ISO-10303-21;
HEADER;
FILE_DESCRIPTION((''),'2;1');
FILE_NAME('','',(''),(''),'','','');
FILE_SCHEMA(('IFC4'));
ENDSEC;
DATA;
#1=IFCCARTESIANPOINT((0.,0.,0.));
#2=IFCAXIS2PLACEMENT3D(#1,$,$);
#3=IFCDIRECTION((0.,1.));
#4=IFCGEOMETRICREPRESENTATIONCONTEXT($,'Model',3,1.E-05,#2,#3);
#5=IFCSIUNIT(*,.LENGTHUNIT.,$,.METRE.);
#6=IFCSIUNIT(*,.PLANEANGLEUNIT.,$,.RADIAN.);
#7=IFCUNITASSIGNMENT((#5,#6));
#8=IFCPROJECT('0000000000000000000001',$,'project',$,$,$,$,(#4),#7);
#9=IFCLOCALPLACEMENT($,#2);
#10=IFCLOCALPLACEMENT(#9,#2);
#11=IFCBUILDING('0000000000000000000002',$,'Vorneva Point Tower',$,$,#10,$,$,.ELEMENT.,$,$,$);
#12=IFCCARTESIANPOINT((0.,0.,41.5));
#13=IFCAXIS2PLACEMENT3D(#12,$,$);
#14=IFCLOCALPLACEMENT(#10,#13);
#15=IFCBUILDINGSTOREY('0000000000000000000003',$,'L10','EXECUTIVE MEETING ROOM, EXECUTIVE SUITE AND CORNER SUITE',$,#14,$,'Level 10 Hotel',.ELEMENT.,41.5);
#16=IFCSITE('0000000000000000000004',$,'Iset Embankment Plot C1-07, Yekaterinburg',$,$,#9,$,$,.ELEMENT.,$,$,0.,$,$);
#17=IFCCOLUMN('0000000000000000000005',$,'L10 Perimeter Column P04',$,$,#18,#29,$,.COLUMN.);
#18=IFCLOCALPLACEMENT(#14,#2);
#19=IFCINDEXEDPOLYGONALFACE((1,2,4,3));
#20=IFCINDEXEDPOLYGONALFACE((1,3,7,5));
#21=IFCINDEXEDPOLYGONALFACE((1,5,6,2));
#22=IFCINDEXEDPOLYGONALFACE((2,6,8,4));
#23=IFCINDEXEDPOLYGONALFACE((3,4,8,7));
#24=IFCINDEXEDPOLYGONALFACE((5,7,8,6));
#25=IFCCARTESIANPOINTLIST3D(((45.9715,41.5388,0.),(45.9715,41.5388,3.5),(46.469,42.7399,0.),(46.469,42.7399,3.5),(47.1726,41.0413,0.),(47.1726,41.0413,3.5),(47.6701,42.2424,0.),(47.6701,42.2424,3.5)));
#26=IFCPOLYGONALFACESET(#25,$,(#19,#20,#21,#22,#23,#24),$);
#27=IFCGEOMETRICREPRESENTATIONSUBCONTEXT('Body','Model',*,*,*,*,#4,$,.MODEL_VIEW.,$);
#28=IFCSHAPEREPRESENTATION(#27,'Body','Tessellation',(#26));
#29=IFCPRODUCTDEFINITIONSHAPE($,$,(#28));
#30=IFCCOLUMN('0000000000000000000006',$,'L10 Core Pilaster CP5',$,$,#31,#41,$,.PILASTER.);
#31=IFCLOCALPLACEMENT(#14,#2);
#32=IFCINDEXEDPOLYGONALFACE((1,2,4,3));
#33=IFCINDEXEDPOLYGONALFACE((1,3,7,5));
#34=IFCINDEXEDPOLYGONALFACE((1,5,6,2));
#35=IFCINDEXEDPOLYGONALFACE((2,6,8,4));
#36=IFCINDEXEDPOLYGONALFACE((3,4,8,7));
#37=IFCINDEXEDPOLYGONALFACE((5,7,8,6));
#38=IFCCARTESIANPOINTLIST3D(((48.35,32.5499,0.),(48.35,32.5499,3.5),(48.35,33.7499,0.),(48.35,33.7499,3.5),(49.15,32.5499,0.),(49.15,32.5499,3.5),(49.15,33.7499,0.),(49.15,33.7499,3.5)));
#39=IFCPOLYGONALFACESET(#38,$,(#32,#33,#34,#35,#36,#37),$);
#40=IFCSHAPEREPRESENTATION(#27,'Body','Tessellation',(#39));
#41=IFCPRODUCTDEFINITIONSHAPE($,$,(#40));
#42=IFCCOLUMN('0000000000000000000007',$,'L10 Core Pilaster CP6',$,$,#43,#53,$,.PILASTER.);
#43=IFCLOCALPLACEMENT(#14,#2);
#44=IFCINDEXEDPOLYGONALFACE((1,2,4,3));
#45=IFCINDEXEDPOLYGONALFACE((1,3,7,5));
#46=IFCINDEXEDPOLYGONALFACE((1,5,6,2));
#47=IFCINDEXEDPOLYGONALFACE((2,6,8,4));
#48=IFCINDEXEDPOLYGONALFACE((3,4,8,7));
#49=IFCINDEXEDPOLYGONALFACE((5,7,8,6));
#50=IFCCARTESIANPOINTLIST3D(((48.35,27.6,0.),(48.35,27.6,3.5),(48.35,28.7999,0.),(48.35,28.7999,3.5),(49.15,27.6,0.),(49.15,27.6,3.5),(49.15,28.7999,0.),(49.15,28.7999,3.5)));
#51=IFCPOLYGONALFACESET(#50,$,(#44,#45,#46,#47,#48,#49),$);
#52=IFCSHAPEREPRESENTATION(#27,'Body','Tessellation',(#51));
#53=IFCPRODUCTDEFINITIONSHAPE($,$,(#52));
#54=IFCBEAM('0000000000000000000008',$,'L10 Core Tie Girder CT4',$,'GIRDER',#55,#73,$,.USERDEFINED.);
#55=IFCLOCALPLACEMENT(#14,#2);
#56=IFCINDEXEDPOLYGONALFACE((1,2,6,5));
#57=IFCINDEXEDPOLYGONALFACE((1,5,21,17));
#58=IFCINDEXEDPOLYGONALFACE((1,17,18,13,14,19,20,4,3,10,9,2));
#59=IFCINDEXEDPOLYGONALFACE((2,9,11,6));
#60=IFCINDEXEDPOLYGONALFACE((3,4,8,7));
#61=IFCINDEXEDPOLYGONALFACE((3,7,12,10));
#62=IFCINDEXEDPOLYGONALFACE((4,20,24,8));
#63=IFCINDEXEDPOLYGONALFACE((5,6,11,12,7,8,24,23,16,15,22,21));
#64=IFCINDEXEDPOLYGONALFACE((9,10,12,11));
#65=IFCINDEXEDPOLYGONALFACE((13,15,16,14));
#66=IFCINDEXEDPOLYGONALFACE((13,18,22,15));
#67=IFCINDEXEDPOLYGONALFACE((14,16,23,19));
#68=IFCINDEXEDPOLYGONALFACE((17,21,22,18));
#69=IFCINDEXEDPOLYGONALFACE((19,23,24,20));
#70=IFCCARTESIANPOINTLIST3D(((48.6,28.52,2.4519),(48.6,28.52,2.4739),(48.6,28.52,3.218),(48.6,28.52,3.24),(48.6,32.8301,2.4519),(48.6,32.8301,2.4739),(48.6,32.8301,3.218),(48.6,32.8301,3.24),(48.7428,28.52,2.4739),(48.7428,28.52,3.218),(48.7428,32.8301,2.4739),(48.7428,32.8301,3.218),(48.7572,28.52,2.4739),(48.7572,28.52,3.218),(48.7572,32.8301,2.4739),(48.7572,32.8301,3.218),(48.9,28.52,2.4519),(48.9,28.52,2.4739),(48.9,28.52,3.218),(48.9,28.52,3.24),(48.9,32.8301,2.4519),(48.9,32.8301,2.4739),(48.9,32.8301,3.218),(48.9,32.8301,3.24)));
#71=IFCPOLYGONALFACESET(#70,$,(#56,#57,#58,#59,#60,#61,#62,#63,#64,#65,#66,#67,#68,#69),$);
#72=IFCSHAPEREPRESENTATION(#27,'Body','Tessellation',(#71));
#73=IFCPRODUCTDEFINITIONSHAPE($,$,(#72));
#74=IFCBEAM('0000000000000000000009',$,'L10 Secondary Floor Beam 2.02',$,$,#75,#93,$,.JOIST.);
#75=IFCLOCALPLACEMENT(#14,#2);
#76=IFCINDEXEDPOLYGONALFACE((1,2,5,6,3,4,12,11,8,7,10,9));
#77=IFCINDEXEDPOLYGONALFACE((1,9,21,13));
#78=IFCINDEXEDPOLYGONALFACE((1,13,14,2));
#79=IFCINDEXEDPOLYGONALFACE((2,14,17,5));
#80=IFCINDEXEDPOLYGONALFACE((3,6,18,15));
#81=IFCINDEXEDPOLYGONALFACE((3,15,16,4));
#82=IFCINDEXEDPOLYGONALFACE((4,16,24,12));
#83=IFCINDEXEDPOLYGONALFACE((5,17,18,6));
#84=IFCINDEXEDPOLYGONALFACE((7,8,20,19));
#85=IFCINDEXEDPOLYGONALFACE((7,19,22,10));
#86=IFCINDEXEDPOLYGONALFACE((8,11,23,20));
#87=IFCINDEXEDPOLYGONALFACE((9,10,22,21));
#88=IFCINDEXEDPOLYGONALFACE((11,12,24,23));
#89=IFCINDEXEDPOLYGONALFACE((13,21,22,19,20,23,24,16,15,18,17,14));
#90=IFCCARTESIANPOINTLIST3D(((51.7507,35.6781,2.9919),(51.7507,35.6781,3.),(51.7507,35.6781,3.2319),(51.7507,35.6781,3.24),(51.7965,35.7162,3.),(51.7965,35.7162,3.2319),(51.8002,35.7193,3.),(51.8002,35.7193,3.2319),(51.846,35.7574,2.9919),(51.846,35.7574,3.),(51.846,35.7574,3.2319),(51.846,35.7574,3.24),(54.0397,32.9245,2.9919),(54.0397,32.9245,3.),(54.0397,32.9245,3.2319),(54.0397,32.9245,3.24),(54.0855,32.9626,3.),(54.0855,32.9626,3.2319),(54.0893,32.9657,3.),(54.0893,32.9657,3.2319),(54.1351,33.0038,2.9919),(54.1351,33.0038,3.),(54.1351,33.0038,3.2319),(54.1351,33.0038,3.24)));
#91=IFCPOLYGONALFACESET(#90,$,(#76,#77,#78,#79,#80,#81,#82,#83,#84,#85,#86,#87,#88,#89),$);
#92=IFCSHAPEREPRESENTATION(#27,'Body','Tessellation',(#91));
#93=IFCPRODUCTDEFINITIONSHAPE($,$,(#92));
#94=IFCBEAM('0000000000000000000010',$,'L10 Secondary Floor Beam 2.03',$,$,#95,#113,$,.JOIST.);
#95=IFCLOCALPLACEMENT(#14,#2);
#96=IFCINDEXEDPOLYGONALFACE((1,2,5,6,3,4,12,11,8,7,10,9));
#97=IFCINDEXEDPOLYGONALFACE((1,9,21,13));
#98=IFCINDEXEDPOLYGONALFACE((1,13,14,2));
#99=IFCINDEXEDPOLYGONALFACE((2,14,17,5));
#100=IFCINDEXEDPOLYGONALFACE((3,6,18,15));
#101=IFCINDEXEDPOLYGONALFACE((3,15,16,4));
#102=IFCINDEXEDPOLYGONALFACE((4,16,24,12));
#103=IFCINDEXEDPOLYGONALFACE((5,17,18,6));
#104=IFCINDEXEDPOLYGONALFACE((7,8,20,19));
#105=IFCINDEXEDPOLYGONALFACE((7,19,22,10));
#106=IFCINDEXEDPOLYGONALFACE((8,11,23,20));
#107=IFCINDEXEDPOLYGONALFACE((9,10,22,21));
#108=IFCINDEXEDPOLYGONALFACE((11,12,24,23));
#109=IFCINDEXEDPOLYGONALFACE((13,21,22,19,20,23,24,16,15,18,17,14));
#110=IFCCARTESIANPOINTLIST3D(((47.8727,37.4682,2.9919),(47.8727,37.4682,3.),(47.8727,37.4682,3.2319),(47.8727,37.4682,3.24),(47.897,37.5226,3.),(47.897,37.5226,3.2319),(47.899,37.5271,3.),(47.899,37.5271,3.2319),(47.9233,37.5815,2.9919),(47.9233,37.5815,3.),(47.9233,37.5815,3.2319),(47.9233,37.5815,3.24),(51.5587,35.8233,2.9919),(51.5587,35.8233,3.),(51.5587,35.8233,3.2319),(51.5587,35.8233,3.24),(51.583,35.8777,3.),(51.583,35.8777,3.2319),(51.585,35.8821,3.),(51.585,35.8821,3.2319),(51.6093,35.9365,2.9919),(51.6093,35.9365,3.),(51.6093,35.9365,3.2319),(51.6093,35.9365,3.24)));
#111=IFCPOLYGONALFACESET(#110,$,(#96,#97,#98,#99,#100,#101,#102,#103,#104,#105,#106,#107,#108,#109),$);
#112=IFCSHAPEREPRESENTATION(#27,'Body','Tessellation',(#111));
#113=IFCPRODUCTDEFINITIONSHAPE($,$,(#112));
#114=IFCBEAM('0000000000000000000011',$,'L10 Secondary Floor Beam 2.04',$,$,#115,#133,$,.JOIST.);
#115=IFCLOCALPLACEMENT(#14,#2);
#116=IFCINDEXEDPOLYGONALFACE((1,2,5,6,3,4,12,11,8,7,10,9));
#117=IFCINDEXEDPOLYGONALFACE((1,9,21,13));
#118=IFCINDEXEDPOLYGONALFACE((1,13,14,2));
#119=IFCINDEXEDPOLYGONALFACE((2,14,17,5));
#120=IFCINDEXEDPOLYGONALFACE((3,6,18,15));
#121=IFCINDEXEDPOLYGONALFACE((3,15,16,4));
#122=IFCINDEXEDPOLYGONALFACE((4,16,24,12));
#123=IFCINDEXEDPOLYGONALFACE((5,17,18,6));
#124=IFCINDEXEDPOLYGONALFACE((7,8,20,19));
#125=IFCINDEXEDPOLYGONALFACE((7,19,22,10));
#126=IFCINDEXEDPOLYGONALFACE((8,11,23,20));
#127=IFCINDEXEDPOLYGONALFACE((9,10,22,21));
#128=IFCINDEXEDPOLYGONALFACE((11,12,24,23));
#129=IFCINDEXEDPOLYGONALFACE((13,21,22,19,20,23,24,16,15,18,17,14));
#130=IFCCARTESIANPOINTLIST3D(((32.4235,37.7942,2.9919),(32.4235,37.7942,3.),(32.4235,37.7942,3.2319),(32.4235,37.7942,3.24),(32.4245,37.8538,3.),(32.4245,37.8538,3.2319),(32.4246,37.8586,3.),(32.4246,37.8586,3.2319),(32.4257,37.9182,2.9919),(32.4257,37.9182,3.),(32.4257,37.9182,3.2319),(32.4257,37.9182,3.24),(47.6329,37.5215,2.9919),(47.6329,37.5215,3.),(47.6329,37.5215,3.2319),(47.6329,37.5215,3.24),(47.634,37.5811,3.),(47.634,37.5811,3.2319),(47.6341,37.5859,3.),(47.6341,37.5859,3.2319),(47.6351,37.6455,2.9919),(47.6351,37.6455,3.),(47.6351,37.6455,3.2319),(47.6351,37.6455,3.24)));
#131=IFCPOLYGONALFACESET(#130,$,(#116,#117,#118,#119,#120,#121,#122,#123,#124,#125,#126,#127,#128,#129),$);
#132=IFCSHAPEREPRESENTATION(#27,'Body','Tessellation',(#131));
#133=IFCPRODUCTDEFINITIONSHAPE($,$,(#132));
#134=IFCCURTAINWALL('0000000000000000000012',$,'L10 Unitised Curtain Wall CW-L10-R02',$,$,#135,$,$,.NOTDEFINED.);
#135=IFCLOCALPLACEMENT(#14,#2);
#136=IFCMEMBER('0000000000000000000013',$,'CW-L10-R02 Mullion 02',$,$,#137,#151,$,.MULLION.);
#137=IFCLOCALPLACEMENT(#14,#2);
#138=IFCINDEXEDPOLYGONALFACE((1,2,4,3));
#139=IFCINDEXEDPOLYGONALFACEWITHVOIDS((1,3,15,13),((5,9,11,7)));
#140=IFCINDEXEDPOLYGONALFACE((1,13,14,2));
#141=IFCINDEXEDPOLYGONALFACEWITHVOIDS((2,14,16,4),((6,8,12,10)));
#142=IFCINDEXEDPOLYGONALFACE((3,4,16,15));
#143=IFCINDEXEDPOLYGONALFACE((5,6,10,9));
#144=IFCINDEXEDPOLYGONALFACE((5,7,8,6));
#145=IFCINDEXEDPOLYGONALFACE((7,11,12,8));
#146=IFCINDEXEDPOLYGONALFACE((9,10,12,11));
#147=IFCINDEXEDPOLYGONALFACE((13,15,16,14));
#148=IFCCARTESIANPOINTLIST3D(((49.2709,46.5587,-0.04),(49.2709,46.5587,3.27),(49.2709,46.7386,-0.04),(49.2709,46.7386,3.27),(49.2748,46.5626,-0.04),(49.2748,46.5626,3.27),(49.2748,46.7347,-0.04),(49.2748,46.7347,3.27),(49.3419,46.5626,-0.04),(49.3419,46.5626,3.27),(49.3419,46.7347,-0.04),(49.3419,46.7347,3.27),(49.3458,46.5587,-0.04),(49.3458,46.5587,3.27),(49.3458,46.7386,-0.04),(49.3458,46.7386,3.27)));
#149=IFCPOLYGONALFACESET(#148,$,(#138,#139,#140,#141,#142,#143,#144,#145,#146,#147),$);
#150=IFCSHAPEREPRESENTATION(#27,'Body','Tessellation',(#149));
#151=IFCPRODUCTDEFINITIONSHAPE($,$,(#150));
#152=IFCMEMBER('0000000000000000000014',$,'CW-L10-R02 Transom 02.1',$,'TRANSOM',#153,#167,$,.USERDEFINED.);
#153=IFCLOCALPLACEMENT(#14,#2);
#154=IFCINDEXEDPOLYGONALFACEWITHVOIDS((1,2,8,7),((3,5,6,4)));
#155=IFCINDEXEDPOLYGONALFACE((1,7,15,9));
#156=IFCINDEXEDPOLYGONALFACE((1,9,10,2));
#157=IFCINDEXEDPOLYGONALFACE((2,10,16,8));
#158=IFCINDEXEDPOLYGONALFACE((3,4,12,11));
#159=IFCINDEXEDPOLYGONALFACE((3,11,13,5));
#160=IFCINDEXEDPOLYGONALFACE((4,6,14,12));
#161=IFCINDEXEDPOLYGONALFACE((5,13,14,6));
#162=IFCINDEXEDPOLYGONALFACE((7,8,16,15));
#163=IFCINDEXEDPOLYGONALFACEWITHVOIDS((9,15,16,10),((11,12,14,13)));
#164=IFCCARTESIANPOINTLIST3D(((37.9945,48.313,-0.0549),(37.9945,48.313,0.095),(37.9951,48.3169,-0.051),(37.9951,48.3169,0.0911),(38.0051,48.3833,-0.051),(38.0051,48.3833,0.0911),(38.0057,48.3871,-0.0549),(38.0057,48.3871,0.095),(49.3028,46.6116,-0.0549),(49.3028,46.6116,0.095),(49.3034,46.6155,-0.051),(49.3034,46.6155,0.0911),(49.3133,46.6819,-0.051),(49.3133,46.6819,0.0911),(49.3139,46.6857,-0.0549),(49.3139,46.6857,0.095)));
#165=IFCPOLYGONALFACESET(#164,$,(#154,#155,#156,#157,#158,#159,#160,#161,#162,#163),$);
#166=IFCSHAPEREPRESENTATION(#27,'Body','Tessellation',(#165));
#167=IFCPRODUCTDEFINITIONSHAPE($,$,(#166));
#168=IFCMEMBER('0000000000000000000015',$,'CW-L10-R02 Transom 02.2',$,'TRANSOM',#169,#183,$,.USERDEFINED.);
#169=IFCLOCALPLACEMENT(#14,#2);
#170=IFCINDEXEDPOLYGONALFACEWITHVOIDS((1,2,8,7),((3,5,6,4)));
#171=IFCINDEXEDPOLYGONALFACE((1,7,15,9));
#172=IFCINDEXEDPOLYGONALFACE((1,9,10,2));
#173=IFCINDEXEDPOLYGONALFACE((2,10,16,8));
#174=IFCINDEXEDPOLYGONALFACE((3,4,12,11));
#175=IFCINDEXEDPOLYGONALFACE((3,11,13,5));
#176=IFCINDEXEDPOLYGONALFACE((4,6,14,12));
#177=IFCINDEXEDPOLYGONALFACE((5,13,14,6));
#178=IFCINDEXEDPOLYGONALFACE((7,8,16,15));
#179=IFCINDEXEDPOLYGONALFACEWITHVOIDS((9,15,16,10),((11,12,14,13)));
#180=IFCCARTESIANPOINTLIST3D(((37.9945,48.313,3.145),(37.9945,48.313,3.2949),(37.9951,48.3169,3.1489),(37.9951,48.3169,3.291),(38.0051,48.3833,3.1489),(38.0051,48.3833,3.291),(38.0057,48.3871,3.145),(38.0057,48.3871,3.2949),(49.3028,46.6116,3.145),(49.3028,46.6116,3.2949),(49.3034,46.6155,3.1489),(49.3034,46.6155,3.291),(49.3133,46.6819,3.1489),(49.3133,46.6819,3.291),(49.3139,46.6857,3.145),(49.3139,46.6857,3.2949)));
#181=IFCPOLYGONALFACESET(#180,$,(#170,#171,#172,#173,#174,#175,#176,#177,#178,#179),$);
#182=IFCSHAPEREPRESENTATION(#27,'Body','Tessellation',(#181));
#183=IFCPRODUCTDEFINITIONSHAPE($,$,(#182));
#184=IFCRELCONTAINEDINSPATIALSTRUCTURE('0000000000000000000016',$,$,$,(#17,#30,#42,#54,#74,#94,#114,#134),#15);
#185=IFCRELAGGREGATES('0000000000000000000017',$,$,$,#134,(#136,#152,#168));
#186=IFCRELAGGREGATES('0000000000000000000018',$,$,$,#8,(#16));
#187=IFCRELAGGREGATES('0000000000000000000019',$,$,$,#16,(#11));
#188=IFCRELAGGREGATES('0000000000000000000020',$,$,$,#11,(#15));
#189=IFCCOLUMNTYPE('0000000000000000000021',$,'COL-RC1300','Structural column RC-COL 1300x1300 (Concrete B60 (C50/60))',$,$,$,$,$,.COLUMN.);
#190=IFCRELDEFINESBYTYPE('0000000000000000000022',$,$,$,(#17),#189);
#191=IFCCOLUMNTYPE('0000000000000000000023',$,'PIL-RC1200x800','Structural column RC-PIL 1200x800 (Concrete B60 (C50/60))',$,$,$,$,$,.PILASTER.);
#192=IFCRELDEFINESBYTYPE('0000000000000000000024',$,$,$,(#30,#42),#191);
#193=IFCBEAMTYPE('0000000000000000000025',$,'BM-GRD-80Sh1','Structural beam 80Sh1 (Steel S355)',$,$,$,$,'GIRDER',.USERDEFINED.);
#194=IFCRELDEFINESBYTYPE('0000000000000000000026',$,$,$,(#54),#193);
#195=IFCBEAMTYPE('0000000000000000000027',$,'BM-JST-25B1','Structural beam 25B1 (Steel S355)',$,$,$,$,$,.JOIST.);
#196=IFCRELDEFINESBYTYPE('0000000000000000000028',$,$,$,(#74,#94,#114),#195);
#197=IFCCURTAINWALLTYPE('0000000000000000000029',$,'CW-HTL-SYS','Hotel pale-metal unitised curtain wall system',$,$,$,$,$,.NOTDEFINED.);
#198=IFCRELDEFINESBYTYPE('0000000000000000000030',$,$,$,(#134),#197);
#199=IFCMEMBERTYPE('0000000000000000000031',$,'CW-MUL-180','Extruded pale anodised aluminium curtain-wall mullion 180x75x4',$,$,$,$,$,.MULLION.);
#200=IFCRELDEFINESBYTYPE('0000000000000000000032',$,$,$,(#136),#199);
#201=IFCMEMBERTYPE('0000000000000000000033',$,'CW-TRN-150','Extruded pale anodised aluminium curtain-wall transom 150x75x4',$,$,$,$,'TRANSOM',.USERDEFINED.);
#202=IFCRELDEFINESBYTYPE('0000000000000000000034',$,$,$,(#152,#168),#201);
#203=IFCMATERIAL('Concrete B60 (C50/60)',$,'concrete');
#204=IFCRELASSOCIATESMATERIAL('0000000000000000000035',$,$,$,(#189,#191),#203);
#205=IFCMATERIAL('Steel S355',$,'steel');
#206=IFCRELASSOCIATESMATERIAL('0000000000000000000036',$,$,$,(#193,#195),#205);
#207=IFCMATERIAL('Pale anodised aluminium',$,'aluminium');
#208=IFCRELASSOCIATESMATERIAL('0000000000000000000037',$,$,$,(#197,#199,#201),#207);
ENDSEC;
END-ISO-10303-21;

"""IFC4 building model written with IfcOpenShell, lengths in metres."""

from ifc_helpers import new_model, si_unit, direction, frame, origin, origin_2d, place, context, subcontext, project, spatial, rectangle, hollow_rectangle, i_section, extrude, material, material_profile, profile_set, type_object, element, aggregate, save


model = new_model("IFC4")

# Units and contexts
model_context = context("Model", 3, precision=1e-05, world=origin(), true_north=direction((0.0, 1.0)))
body_context = subcontext(model_context, "Body", "Model", "MODEL_VIEW")
ifc_project = project(units=[si_unit("LENGTHUNIT", "METRE"), si_unit("PLANEANGLEUNIT", "RADIAN")], contexts=[model_context])

# Site, building, storey
site_placement = place(None, origin())
site = spatial("IfcSite", under=ifc_project, at=site_placement, Name="Iset Embankment Plot C1-07, Yekaterinburg", CompositionType="ELEMENT", RefElevation=0.0)
building_placement = place(site_placement, origin())
building = spatial("IfcBuilding", under=site, at=building_placement, Name="Vorneva Point Tower", CompositionType="ELEMENT")
storey_placement = place(building_placement, frame((0.0, 0.0, 41.5)))
storey = spatial("IfcBuildingStorey", under=building, at=storey_placement, Name="L10", Description="EXECUTIVE MEETING ROOM, EXECUTIVE SUITE AND CORNER SUITE", LongName="Level 10 Hotel", CompositionType="ELEMENT", Elevation=41.5)

# Columns
ifc_material_1 = material(Name="Concrete B60 (C50/60)", Category="concrete")
ifc_material_profile_1 = material_profile(ifc_material_1, rectangle(XDim=1.3, YDim=1.3, at=origin_2d()), Name="RC-COL 1300x1300")
ifc_profile_set_1 = profile_set([ifc_material_profile_1], Name="Concrete B60 (C50/60)")
column_type_1 = type_object("IfcColumnType", Name="COL-RC1300", Description="Structural column RC-COL 1300x1300 (Concrete B60 (C50/60))", PredefinedType="COLUMN", material=ifc_profile_set_1)
column_placement = place(storey_placement, frame((46.8208, 41.8906, 0.0), z_axis=(0.0, 0.0, 1.0), x_axis=(0.382683, 0.92388, 0.0)))
element("IfcColumn", 1, at=column_placement, inside=storey, type_object=column_type_1, Name="L10 Perimeter Column P04", PredefinedType="COLUMN", context=body_context, shape_type="SweptSolid", body=[
    extrude(rectangle(XDim=1.3, YDim=1.3, at=origin_2d()), origin(), (0.0, 0.0, 1.0), 3.5),
])
ifc_material_profile_2 = material_profile(ifc_material_1, rectangle(XDim=0.8, YDim=1.2, at=origin_2d()), Name="RC-PIL 1200x800")
ifc_profile_set_2 = profile_set([ifc_material_profile_2], Name="Concrete B60 (C50/60)")
column_type_2 = type_object("IfcColumnType", Name="PIL-RC1200x800", Description="Structural column RC-PIL 1200x800 (Concrete B60 (C50/60))", PredefinedType="PILASTER", material=ifc_profile_set_2)
for number, where, z_axis, x_axis, name in (
    (2, (48.75, 33.1499, 0.0), (0.0, 0.0, 1.0), (1.0, 0.0, 0.0), "L10 Core Pilaster CP5"),
    (3, (48.75, 28.2, 0.0), (0.0, 0.0, 1.0), (1.0, 0.0, 0.0), "L10 Core Pilaster CP6"),
):
    element("IfcColumn", number, at=place(storey_placement, frame(where, z_axis=z_axis, x_axis=x_axis)), inside=storey, type_object=column_type_2, Name=name, PredefinedType="PILASTER", context=body_context, shape_type="SweptSolid", body=[
        extrude(rectangle(XDim=0.8, YDim=1.2, at=origin_2d()), origin(), (0.0, 0.0, 1.0), 3.5),
    ])

# Beams
ifc_material_2 = material(Name="Steel S355", Category="steel")
ifc_material_profile_3 = material_profile(ifc_material_2, i_section(OverallWidth=0.3, OverallDepth=0.7881, WebThickness=0.0144, FlangeThickness=0.022, at=origin_2d()), Name="80Sh1")
ifc_profile_set_3 = profile_set([ifc_material_profile_3], Name="Steel S355")
beam_type_1 = type_object("IfcBeamType", Name="BM-GRD-80Sh1", Description="Structural beam 80Sh1 (Steel S355)", ElementType="GIRDER", PredefinedType="USERDEFINED", material=ifc_profile_set_3)
beam_1_placement = place(storey_placement, frame((48.75, 28.52, 2.8459), z_axis=(0.0, 1.0, 0.0), x_axis=(-1.0, 0.0, 0.0)))
element("IfcBeam", 4, at=beam_1_placement, inside=storey, type_object=beam_type_1, Name="L10 Core Tie Girder CT4", ObjectType="GIRDER", PredefinedType="USERDEFINED", context=body_context, shape_type="SweptSolid", body=[
    extrude(i_section(OverallWidth=0.3, OverallDepth=0.7881, WebThickness=0.0144, FlangeThickness=0.022, at=origin_2d()), origin(), (0.0, 0.0, 1.0), 4.3101),
])
ifc_material_profile_4 = material_profile(ifc_material_2, i_section(OverallWidth=0.124, OverallDepth=0.248, WebThickness=0.0049, FlangeThickness=0.0081, at=origin_2d()), Name="25B1")
ifc_profile_set_4 = profile_set([ifc_material_profile_4], Name="Steel S355")
beam_type_2 = type_object("IfcBeamType", Name="BM-JST-25B1", Description="Structural beam 25B1 (Steel S355)", PredefinedType="JOIST", material=ifc_profile_set_4)
beam_2_placement = place(storey_placement, frame((54.0874, 32.9641, 3.116), z_axis=(-0.639252, 0.768998, 0.0), x_axis=(-0.768998, -0.639252, 0.0)))
element("IfcBeam", 5, at=beam_2_placement, inside=storey, type_object=beam_type_2, Name="L10 Secondary Floor Beam 2.02", PredefinedType="JOIST", context=body_context, shape_type="SweptSolid", body=[
    extrude(i_section(OverallWidth=0.124, OverallDepth=0.248, WebThickness=0.0049, FlangeThickness=0.0081, at=origin_2d()), origin(), (0.0, 0.0, 1.0), 3.5808),
])
beam_3_placement = place(storey_placement, frame((51.584, 35.8799, 3.116), z_axis=(-0.913187, 0.407541, 0.0), x_axis=(-0.407541, -0.913187, 0.0)))
element("IfcBeam", 6, at=beam_3_placement, inside=storey, type_object=beam_type_2, Name="L10 Secondary Floor Beam 2.03", PredefinedType="JOIST", context=body_context, shape_type="SweptSolid", body=[
    extrude(i_section(OverallWidth=0.124, OverallDepth=0.248, WebThickness=0.0049, FlangeThickness=0.0081, at=origin_2d()), origin(), (0.0, 0.0, 1.0), 4.0364),
])
beam_4_placement = place(storey_placement, frame((47.634, 37.5835, 3.116), z_axis=(-0.999839, 0.017927, 0.0), x_axis=(-0.017927, -0.999839, 0.0)))
element("IfcBeam", 7, at=beam_4_placement, inside=storey, type_object=beam_type_2, Name="L10 Secondary Floor Beam 2.04", PredefinedType="JOIST", context=body_context, shape_type="SweptSolid", body=[
    extrude(i_section(OverallWidth=0.124, OverallDepth=0.248, WebThickness=0.0049, FlangeThickness=0.0081, at=origin_2d()), origin(), (0.0, 0.0, 1.0), 15.2119),
])

# Curtain wall, members
ifc_material_3 = material(Name="Pale anodised aluminium", Category="aluminium")
curtain_wall_type = type_object("IfcCurtainWallType", Name="CW-HTL-SYS", Description="Hotel pale-metal unitised curtain wall system", PredefinedType="NOTDEFINED", material=ifc_material_3)
curtain_wall_placement = place(storey_placement, origin())
curtain_wall = element("IfcCurtainWall", 8, at=curtain_wall_placement, inside=storey, type_object=curtain_wall_type, Name="L10 Unitised Curtain Wall CW-L10-R02", PredefinedType="NOTDEFINED")
ifc_material_profile_5 = material_profile(ifc_material_3, hollow_rectangle(XDim=0.075, YDim=0.1799, WallThickness=0.0039, at=origin_2d()), Name="AL-MUL 180x75x4")
ifc_profile_set_5 = profile_set([ifc_material_profile_5], Name="Pale anodised aluminium")
member_type_1 = type_object("IfcMemberType", Name="CW-MUL-180", Description="Extruded pale anodised aluminium curtain-wall mullion 180x75x4", PredefinedType="MULLION", material=ifc_profile_set_5)
member_1_placement = place(storey_placement, frame((49.3083, 46.6487, -0.04), z_axis=(0.0, 0.0, 1.0), x_axis=(1.0, 0.0, 0.0)))
member_1 = element("IfcMember", 9, at=member_1_placement, type_object=member_type_1, Name="CW-L10-R02 Mullion 02", PredefinedType="MULLION", context=body_context, shape_type="SweptSolid", body=[
    extrude(hollow_rectangle(XDim=0.075, YDim=0.1799, WallThickness=0.0039, at=origin_2d()), origin(), (0.0, 0.0, 1.0), 3.3101),
])
ifc_material_profile_6 = material_profile(ifc_material_3, hollow_rectangle(XDim=0.075, YDim=0.1499, WallThickness=0.0039, at=origin_2d()), Name="AL-TRN 150x75x4")
ifc_profile_set_6 = profile_set([ifc_material_profile_6], Name="Pale anodised aluminium")
member_type_2 = type_object("IfcMemberType", Name="CW-TRN-150", Description="Extruded pale anodised aluminium curtain-wall transom 150x75x4", ElementType="TRANSOM", PredefinedType="USERDEFINED", material=ifc_profile_set_6)
member_2_placement = place(storey_placement, frame((49.3083, 46.6487, 0.02), z_axis=(-0.98887, 0.148782, 0.0), x_axis=(-0.148782, -0.98887, 0.0)))
member_2 = element("IfcMember", 10, at=member_2_placement, type_object=member_type_2, Name="CW-L10-R02 Transom 02.1", ObjectType="TRANSOM", PredefinedType="USERDEFINED", context=body_context, shape_type="SweptSolid", body=[
    extrude(hollow_rectangle(XDim=0.075, YDim=0.1499, WallThickness=0.0039, at=origin_2d()), origin(), (0.0, 0.0, 1.0), 11.4355),
])
member_3_placement = place(storey_placement, frame((49.3083, 46.6487, 3.22), z_axis=(-0.98887, 0.148782, 0.0), x_axis=(-0.148782, -0.98887, 0.0)))
member_3 = element("IfcMember", 11, at=member_3_placement, type_object=member_type_2, Name="CW-L10-R02 Transom 02.2", ObjectType="TRANSOM", PredefinedType="USERDEFINED", context=body_context, shape_type="SweptSolid", body=[
    extrude(hollow_rectangle(XDim=0.075, YDim=0.1499, WallThickness=0.0039, at=origin_2d()), origin(), (0.0, 0.0, 1.0), 11.4355),
])
aggregate(curtain_wall, [member_1, member_2, member_3])

save(model, "model.ifc")
